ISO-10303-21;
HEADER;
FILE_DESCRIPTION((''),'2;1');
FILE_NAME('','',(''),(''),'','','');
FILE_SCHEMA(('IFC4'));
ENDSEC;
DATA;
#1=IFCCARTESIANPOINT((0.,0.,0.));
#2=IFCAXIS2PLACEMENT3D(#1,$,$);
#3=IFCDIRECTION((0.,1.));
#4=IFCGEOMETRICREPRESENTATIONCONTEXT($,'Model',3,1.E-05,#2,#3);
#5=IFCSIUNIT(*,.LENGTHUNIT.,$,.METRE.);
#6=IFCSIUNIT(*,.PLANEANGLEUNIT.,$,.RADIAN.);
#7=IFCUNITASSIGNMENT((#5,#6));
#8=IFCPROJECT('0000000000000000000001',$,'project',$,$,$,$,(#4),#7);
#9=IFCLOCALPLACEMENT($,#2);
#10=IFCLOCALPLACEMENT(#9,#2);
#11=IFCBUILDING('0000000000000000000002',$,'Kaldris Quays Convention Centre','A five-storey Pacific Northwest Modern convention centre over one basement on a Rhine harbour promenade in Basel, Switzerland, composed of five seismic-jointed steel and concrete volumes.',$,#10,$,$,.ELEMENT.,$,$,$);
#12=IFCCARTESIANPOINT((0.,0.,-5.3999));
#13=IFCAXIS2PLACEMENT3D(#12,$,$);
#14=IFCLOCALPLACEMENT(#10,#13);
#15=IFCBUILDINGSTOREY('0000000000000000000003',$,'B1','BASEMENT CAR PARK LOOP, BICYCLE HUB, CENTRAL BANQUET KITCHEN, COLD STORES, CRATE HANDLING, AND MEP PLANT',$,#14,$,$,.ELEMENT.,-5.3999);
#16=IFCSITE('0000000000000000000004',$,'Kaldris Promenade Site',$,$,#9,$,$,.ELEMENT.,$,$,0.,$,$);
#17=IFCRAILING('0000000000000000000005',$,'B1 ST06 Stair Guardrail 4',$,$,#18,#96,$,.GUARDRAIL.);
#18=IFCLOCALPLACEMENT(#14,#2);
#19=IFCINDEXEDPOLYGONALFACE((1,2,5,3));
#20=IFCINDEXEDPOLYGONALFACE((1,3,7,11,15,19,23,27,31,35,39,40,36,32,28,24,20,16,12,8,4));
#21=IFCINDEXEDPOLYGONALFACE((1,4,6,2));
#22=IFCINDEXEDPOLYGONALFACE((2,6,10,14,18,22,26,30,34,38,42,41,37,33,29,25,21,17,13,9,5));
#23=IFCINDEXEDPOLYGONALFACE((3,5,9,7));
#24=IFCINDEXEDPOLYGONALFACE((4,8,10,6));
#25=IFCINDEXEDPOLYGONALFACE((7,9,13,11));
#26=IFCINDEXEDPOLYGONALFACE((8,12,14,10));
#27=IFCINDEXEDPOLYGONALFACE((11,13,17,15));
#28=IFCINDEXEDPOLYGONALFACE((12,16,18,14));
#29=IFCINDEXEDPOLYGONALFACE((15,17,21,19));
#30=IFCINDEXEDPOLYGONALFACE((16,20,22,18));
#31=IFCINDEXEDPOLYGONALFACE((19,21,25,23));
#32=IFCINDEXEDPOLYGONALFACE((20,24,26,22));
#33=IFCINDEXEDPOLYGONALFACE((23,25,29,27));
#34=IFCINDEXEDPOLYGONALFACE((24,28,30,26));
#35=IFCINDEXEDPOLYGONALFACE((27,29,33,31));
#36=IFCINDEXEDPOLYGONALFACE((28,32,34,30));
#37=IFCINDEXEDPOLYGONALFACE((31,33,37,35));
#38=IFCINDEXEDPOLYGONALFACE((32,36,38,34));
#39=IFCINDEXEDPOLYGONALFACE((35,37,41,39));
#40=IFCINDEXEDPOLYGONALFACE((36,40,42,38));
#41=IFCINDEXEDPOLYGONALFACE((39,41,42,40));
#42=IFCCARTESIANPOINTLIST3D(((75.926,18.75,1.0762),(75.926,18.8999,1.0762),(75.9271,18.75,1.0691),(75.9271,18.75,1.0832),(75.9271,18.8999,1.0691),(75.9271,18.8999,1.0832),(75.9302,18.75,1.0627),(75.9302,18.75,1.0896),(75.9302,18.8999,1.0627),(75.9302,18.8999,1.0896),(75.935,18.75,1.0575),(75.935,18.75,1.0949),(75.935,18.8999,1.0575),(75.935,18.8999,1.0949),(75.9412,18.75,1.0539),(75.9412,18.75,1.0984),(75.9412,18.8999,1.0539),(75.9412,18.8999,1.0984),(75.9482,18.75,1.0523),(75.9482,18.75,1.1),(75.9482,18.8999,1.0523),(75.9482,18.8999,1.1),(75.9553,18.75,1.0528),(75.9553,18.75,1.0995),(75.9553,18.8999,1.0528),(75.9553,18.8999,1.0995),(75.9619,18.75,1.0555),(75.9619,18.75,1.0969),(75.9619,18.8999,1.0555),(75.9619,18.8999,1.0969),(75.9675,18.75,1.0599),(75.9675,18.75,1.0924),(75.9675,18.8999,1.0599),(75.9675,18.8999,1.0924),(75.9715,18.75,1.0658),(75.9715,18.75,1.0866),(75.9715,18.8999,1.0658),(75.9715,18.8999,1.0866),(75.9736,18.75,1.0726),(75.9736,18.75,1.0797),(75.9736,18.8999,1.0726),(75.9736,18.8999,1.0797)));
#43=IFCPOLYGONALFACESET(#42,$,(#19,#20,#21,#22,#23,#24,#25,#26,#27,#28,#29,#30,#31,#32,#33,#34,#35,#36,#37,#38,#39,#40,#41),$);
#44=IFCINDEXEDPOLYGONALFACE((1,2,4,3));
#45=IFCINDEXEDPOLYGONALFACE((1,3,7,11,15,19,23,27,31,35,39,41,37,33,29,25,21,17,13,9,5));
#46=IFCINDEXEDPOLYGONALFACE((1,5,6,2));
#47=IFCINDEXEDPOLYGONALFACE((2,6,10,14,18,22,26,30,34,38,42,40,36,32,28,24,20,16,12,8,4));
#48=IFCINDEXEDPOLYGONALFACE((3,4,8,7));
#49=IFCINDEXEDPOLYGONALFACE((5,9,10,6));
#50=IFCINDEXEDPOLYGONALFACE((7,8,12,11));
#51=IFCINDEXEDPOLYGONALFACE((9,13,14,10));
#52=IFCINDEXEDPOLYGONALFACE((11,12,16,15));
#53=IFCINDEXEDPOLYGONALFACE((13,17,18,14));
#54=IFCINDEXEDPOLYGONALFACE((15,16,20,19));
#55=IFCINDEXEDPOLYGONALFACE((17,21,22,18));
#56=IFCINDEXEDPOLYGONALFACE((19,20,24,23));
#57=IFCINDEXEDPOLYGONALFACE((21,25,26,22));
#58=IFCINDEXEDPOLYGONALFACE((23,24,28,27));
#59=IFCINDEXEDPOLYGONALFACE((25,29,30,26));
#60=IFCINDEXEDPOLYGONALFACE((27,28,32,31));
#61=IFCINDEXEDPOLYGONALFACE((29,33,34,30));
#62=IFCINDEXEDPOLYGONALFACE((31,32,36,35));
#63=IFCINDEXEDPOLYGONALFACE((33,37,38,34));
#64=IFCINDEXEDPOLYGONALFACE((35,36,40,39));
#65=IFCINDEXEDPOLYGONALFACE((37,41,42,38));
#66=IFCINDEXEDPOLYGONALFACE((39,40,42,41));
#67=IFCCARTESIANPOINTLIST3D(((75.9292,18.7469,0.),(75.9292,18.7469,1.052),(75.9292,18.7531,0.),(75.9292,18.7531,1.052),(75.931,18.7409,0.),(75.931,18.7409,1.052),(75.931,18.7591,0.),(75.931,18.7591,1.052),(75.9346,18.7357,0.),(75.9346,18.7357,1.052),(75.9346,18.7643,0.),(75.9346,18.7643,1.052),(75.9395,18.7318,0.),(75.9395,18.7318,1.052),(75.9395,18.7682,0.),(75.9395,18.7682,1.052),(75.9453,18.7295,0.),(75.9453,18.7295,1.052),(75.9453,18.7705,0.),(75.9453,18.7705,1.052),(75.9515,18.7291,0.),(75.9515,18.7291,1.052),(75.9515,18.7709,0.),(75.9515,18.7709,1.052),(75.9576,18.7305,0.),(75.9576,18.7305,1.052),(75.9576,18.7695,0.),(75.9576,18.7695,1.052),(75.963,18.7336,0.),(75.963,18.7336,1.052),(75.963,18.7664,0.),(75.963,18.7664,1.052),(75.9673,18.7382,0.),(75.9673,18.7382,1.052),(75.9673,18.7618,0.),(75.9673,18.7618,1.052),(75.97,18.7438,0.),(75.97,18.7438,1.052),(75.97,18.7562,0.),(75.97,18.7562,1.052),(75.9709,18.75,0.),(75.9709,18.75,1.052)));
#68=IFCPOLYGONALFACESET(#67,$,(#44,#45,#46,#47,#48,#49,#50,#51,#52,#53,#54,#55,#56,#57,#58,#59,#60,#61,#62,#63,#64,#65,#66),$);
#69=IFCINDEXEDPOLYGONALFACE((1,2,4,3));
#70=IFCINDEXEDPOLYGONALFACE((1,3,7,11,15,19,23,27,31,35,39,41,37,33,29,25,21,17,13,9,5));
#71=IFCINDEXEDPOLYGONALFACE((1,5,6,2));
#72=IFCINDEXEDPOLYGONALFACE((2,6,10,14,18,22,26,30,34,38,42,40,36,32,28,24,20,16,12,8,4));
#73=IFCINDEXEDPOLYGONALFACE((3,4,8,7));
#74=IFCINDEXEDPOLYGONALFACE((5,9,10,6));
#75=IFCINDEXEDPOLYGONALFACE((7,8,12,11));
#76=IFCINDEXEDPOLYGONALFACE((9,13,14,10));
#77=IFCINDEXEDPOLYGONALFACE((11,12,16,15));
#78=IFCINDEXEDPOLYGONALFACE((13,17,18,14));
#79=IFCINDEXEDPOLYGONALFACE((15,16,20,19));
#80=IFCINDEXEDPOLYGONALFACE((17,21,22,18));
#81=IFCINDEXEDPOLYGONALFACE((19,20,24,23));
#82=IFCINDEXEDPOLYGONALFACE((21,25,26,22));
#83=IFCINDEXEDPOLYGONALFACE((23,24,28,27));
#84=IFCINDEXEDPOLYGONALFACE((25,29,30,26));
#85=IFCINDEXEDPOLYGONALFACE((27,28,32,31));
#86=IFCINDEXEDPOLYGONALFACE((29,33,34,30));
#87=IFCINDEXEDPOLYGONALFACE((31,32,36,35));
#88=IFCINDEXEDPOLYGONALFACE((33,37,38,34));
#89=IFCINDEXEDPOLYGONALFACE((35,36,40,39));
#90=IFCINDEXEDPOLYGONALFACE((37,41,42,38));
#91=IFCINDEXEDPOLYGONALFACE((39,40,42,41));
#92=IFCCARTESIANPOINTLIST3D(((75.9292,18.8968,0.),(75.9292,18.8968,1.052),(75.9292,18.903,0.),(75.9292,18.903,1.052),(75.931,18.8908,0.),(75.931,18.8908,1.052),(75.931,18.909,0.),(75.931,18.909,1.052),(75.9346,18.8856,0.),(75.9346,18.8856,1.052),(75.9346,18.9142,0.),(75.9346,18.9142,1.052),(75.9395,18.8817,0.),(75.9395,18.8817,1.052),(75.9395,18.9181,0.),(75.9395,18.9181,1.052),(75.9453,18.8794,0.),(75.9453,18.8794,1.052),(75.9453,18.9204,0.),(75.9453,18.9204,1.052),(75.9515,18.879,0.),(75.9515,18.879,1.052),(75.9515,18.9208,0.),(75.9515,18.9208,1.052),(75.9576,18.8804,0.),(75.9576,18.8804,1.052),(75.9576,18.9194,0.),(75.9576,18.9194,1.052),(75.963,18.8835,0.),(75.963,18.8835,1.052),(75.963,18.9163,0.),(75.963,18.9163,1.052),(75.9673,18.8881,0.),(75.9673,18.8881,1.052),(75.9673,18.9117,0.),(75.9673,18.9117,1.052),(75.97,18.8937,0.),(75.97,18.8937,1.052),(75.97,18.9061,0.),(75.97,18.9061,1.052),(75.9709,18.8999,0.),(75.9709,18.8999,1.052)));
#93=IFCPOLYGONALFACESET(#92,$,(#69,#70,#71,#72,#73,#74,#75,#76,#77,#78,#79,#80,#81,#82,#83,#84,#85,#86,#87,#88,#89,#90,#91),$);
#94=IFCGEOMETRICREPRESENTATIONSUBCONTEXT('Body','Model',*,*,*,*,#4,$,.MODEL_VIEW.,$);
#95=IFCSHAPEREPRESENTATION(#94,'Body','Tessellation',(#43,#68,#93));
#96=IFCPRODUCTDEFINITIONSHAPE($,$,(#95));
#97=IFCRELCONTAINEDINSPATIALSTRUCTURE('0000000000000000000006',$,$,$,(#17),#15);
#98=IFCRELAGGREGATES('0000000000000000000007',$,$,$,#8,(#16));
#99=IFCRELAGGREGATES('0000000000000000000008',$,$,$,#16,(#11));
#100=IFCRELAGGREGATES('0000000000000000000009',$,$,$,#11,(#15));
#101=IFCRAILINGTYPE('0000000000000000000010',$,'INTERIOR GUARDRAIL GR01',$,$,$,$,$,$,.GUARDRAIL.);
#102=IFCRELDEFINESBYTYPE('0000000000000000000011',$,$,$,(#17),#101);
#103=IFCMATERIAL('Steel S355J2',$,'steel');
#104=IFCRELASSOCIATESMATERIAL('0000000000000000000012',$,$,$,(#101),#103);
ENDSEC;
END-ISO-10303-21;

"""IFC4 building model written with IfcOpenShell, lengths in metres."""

from ifc_helpers import new_model, si_unit, direction, frame, origin, origin_2d, place, context, subcontext, project, spatial, circle, extrude, material, type_object, element, save


model = new_model("IFC4")

# Units and contexts
model_context = context("Model", 3, precision=1e-05, world=origin(), true_north=direction((0.0, 1.0)))
body_context = subcontext(model_context, "Body", "Model", "MODEL_VIEW")
ifc_project = project(units=[si_unit("LENGTHUNIT", "METRE"), si_unit("PLANEANGLEUNIT", "RADIAN")], contexts=[model_context])

# Site, building, storey
site_placement = place(None, origin())
site = spatial("IfcSite", under=ifc_project, at=site_placement, Name="Kaldris Promenade Site", CompositionType="ELEMENT", RefElevation=0.0)
building_placement = place(site_placement, origin())
building = spatial("IfcBuilding", under=site, at=building_placement, Name="Kaldris Quays Convention Centre", Description="A five-storey Pacific Northwest Modern convention centre over one basement on a Rhine harbour promenade in Basel, Switzerland, composed of five seismic-jointed steel and concrete volumes.", CompositionType="ELEMENT")
storey_placement = place(building_placement, frame((0.0, 0.0, -5.3999)))
storey = spatial("IfcBuildingStorey", under=building, at=storey_placement, Name="B1", Description="BASEMENT CAR PARK LOOP, BICYCLE HUB, CENTRAL BANQUET KITCHEN, COLD STORES, CRATE HANDLING, AND MEP PLANT", CompositionType="ELEMENT", Elevation=-5.3999)

# Shared definitions
ifc_material_1 = material(Name="Steel S355J2", Category="steel")

# Railing
railing_type_1 = type_object("IfcRailingType", Name="INTERIOR GUARDRAIL GR01", PredefinedType="GUARDRAIL", material=ifc_material_1)
railing_1_placement = place(storey_placement, frame((75.95, 18.75, 0.0)))
element("IfcRailing", 1, at=railing_1_placement, inside=storey, type_object=railing_type_1, Name="B1 ST06 Stair Guardrail 4", PredefinedType="GUARDRAIL", context=body_context, shape_type="SweptSolid", body=[
    extrude(circle(Radius=0.0239, at=origin_2d()), frame((0.0, 0.0, 1.0762), z_axis=(0.0, 1.0, 0.0), x_axis=(-1.0, 0.0, 0.0)), (0.0, 0.0, 1.0), 0.1499),
    extrude(circle(Radius=0.021, at=origin_2d()), origin(), (0.0, 0.0, 1.0), 1.052),
    extrude(circle(Radius=0.021, at=origin_2d()), frame((0.0, 0.1499, 0.0)), (0.0, 0.0, 1.0), 1.052),
])

save(model, "model.ifc")
